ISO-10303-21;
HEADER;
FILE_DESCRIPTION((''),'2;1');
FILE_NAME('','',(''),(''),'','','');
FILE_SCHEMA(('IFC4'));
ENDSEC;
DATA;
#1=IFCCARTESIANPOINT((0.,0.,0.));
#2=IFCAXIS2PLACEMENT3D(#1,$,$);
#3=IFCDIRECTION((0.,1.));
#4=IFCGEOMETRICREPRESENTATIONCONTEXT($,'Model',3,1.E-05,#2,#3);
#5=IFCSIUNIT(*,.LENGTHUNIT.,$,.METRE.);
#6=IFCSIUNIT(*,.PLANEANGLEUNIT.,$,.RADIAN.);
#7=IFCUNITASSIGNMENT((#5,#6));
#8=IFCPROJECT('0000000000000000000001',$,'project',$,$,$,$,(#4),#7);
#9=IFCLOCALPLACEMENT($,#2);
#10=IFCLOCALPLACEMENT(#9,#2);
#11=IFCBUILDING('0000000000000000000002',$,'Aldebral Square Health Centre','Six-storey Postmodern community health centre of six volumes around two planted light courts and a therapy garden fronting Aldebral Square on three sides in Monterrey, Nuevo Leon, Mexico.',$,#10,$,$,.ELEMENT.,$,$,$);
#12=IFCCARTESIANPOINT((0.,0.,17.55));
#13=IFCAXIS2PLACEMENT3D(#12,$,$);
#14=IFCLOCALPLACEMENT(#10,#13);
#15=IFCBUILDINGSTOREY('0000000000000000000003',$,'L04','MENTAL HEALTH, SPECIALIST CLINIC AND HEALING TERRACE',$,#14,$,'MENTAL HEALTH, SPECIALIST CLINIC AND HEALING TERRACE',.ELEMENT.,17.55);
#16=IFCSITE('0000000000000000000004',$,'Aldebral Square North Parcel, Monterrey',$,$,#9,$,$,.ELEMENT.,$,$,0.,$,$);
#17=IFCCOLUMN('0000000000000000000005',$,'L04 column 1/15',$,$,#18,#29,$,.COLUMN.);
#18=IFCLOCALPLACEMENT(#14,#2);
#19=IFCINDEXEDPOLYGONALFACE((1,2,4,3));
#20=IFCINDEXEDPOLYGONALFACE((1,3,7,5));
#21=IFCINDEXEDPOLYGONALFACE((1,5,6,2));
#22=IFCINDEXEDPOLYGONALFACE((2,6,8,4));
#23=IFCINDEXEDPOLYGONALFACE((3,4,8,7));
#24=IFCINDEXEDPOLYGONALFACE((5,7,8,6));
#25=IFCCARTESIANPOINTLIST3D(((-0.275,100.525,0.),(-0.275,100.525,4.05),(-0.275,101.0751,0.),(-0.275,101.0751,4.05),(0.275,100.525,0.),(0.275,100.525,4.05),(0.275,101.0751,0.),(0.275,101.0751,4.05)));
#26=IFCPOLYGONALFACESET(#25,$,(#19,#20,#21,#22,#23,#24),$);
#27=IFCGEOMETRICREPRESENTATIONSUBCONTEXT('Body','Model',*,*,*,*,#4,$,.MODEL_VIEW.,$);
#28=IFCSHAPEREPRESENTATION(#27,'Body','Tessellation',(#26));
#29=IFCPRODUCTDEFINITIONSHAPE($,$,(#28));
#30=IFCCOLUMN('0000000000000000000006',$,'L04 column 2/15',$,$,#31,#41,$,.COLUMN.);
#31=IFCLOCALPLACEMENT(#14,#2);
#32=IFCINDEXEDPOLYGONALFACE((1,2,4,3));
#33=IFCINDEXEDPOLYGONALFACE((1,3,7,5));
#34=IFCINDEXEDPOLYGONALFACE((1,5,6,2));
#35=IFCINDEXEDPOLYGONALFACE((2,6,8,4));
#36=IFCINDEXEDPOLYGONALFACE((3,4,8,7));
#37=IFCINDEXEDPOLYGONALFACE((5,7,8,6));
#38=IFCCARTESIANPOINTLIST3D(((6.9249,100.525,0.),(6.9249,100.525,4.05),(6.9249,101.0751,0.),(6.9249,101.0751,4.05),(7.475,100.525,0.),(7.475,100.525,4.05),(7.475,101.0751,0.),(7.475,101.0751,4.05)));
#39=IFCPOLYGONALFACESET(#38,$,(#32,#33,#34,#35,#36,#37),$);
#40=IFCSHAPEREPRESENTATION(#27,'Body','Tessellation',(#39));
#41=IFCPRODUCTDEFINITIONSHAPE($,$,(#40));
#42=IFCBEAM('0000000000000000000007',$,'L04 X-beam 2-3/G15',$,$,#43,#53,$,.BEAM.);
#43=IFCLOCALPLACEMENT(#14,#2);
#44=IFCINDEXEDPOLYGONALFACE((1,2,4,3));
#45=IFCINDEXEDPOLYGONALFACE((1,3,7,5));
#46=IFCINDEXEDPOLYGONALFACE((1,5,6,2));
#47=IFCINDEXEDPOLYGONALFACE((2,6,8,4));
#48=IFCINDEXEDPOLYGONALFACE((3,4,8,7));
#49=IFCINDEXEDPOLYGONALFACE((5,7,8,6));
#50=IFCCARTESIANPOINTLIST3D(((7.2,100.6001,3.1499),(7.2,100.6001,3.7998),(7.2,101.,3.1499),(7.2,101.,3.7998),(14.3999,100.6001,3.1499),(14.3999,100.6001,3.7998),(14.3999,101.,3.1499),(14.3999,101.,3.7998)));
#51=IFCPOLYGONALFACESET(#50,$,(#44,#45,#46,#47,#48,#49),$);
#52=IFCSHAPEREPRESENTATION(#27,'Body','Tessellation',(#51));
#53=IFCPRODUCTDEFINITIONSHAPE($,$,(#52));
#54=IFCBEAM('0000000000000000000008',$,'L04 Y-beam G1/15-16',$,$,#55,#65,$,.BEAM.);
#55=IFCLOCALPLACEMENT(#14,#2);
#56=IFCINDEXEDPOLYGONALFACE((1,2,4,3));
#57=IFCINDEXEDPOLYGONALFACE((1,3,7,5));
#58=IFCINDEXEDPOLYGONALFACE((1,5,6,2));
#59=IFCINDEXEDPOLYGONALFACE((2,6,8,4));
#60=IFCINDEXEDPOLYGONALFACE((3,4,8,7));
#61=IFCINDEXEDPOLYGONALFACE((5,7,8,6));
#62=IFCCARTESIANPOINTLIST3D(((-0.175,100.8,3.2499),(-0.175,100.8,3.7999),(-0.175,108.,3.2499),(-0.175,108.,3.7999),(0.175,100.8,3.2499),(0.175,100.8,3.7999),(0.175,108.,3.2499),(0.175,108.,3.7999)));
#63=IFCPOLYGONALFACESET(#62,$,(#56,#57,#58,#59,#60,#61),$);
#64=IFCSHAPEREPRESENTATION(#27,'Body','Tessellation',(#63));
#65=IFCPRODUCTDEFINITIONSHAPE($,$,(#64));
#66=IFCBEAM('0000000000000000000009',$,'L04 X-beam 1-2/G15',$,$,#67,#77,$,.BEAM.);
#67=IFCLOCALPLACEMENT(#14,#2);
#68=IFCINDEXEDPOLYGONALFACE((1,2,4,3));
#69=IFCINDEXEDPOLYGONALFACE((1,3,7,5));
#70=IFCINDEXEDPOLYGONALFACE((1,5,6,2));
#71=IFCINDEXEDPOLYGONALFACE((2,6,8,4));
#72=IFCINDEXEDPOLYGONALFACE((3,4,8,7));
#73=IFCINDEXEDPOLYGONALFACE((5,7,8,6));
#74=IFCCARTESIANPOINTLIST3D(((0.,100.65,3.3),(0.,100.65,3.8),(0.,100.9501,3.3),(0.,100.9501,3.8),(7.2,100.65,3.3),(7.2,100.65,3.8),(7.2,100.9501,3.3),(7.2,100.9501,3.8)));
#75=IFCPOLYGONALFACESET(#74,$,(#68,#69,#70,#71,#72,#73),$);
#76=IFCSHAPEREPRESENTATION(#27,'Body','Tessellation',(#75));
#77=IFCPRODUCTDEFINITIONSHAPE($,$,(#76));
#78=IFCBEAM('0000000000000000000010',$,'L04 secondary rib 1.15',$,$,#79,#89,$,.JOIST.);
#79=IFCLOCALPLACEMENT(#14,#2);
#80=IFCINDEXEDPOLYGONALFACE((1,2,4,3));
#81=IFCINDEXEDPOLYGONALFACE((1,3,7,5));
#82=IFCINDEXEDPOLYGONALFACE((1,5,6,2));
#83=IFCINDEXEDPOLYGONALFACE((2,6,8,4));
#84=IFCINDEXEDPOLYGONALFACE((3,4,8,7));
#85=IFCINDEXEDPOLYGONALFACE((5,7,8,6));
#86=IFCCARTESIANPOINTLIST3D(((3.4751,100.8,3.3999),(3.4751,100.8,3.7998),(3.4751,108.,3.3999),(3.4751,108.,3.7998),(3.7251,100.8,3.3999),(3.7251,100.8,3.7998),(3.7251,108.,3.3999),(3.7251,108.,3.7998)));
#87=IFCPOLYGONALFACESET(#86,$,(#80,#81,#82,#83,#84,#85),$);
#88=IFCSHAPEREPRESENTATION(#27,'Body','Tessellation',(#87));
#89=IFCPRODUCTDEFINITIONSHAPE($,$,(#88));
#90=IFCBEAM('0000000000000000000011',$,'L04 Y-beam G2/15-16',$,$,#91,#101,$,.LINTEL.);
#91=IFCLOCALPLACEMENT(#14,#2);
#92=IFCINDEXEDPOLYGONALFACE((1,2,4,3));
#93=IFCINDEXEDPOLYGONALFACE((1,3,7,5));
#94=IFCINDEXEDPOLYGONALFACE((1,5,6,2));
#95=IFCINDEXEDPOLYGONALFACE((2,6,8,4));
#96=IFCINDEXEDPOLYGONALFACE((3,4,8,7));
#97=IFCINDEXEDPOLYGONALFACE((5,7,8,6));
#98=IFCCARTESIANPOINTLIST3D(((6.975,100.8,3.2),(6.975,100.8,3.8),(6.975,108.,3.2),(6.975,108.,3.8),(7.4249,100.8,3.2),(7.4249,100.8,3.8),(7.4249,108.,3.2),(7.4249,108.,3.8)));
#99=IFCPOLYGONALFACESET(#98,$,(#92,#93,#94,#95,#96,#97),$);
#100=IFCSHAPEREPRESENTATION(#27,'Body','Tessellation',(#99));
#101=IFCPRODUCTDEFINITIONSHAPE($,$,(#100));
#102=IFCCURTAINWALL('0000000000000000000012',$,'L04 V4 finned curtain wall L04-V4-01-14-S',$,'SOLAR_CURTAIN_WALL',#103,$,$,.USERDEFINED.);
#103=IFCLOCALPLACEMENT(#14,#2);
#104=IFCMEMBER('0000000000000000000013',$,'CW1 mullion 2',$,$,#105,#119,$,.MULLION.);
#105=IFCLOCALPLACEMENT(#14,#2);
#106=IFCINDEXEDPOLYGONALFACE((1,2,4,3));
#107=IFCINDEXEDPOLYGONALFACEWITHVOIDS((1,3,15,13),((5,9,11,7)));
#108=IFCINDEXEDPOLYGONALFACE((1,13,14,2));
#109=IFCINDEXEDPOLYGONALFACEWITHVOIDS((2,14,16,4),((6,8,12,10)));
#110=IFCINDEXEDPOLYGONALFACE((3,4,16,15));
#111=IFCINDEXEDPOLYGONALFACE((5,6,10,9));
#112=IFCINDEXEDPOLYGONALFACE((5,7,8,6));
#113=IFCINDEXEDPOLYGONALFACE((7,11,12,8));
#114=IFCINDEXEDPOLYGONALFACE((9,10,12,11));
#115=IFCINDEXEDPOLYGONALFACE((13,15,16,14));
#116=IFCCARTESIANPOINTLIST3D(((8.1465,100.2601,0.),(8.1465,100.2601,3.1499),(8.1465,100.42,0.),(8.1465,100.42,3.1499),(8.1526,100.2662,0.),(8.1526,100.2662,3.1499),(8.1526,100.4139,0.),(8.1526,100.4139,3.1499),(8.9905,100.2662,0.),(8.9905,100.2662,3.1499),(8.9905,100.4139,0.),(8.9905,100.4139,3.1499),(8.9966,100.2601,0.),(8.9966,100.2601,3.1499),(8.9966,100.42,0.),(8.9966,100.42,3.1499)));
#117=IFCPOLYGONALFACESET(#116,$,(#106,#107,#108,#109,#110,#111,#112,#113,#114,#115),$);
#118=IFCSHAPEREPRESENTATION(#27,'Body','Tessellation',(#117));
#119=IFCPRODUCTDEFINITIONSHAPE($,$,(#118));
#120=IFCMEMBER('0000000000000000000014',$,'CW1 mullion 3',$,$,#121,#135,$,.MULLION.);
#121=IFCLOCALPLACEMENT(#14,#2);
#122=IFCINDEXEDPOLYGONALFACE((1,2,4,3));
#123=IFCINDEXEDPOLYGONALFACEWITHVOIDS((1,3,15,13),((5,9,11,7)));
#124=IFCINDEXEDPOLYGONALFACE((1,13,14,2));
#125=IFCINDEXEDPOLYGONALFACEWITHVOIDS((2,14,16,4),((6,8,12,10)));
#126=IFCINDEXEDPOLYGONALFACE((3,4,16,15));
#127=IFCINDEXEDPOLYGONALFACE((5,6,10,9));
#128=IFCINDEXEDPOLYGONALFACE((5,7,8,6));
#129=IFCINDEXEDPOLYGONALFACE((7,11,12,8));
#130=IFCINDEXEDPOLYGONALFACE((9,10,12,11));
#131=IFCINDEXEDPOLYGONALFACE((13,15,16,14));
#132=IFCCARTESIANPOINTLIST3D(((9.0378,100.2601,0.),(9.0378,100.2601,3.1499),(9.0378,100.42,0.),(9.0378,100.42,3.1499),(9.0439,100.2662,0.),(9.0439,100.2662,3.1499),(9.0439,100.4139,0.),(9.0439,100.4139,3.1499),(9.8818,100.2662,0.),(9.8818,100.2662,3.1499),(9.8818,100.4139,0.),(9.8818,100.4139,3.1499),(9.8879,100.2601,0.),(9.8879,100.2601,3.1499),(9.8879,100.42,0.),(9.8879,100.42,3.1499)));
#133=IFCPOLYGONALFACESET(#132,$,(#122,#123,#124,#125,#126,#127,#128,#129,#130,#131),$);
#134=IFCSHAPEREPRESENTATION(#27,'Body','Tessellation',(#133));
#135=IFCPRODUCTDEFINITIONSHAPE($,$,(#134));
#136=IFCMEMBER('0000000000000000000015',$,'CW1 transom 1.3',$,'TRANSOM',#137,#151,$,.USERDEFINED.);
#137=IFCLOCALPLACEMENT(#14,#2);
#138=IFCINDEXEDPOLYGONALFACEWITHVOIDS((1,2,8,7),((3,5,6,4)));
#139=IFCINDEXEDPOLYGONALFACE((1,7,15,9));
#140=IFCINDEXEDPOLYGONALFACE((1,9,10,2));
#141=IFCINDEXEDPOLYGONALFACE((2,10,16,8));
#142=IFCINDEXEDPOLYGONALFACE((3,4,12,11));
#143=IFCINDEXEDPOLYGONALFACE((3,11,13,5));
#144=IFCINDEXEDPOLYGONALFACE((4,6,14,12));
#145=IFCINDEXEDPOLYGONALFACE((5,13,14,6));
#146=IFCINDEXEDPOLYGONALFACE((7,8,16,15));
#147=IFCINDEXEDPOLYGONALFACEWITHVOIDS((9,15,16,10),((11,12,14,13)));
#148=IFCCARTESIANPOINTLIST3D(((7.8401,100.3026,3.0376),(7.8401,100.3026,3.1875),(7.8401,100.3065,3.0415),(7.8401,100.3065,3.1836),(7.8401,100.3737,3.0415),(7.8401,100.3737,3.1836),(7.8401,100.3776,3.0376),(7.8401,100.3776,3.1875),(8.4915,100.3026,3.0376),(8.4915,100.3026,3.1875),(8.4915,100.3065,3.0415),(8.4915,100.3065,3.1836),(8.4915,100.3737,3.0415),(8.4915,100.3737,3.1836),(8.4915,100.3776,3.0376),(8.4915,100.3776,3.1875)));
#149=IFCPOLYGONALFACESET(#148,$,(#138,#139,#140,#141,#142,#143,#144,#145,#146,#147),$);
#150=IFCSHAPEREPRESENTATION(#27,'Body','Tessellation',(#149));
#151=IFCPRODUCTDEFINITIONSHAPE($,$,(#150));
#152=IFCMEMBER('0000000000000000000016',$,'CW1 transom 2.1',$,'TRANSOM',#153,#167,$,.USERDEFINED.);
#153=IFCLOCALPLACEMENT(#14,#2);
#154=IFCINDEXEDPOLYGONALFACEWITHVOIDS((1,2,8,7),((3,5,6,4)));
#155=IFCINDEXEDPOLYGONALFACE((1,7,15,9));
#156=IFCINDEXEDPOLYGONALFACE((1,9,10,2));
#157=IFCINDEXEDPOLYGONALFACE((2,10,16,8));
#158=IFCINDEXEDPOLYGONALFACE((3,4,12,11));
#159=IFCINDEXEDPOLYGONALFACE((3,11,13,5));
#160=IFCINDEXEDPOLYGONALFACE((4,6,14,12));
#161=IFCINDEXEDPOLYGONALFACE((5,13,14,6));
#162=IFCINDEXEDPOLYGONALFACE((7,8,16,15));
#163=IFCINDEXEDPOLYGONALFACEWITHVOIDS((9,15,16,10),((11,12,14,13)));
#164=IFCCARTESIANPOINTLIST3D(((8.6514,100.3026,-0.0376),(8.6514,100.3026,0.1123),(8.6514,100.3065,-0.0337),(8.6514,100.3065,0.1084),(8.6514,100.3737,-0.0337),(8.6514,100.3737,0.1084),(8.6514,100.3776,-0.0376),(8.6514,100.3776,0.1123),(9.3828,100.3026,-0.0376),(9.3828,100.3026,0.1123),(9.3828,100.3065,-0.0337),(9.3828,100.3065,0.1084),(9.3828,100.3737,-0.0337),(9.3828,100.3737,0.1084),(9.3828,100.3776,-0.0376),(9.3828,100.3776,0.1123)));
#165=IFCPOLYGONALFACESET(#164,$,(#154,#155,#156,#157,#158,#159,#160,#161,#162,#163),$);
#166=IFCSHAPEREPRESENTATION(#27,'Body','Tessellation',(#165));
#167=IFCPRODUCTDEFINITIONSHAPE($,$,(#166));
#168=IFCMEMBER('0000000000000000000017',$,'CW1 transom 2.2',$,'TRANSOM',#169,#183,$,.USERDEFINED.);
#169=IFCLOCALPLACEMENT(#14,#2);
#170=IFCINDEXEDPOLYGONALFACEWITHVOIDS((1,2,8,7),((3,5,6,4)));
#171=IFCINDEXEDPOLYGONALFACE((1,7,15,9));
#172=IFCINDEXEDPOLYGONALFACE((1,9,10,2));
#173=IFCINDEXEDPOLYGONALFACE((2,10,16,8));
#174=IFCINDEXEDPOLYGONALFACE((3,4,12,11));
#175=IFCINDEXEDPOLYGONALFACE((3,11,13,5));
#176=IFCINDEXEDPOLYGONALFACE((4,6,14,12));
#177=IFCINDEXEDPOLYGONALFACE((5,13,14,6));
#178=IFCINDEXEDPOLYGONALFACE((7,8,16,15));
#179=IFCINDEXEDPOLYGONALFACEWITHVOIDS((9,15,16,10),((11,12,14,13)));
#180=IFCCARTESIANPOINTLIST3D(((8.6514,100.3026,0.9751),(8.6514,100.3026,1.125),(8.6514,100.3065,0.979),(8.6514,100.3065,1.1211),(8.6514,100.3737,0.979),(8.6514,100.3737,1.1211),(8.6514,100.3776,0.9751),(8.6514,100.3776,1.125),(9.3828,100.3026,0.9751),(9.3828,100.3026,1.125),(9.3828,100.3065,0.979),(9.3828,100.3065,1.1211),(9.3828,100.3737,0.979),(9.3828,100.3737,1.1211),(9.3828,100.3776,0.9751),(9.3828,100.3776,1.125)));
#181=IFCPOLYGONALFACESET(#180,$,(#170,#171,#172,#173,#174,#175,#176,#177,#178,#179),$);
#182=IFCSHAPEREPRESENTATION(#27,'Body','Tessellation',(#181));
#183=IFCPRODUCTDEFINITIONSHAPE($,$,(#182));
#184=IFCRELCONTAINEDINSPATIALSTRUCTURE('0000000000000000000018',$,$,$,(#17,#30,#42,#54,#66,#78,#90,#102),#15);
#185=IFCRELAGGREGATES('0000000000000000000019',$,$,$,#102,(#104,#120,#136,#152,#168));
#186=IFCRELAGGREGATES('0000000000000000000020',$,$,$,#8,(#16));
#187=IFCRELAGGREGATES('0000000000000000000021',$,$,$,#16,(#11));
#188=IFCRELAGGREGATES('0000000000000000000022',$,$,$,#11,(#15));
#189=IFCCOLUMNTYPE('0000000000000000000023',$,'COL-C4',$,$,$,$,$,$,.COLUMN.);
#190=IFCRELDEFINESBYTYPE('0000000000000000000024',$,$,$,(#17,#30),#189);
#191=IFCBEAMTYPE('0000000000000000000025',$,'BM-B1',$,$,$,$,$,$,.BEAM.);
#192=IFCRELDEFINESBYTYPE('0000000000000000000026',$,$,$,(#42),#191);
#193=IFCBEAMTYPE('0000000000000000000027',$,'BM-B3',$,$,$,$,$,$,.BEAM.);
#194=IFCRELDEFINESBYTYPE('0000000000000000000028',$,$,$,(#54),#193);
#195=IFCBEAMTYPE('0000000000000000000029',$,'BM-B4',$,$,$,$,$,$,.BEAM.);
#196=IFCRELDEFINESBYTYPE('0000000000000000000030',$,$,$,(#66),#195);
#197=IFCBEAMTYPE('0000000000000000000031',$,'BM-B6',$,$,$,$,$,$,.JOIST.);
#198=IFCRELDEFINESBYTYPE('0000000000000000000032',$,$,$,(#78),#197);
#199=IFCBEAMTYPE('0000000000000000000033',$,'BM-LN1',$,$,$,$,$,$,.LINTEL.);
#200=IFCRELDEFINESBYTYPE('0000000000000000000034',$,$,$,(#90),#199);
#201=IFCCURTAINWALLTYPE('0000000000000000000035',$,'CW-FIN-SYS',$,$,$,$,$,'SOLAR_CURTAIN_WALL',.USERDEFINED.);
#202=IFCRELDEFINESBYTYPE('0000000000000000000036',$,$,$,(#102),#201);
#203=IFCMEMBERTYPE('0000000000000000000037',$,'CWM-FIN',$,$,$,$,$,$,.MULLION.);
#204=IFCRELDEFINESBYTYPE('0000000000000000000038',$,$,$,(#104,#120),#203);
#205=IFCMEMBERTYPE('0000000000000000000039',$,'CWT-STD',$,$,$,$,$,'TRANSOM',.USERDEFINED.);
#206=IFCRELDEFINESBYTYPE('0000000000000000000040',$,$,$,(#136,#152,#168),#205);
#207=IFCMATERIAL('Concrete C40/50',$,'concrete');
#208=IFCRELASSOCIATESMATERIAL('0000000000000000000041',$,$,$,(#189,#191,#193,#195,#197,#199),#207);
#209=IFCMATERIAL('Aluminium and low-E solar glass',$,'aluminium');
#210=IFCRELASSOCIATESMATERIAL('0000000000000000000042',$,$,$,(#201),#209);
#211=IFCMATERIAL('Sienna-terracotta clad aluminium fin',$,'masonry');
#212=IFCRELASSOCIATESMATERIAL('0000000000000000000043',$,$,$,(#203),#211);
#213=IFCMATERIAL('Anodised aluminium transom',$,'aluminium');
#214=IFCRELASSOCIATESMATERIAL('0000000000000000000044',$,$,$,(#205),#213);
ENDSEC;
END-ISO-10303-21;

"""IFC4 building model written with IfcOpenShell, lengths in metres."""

from ifc_helpers import new_model, si_unit, direction, frame, origin, origin_2d, place, context, subcontext, project, spatial, rectangle, hollow_rectangle, extrude, material, material_profile, profile_set, type_object, element, aggregate, save


model = new_model("IFC4")

# Units and contexts
model_context = context("Model", 3, precision=1e-05, world=origin(), true_north=direction((0.0, 1.0)))
body_context = subcontext(model_context, "Body", "Model", "MODEL_VIEW")
ifc_project = project(units=[si_unit("LENGTHUNIT", "METRE"), si_unit("PLANEANGLEUNIT", "RADIAN")], contexts=[model_context])

# Site, building, storey
site_placement = place(None, origin())
site = spatial("IfcSite", under=ifc_project, at=site_placement, Name="Aldebral Square North Parcel, Monterrey", CompositionType="ELEMENT", RefElevation=0.0)
building_placement = place(site_placement, origin())
building = spatial("IfcBuilding", under=site, at=building_placement, Name="Aldebral Square Health Centre", Description="Six-storey Postmodern community health centre of six volumes around two planted light courts and a therapy garden fronting Aldebral Square on three sides in Monterrey, Nuevo Leon, Mexico.", CompositionType="ELEMENT")
storey_placement = place(building_placement, frame((0.0, 0.0, 17.55)))
storey = spatial("IfcBuildingStorey", under=building, at=storey_placement, Name="L04", Description="MENTAL HEALTH, SPECIALIST CLINIC AND HEALING TERRACE", LongName="MENTAL HEALTH, SPECIALIST CLINIC AND HEALING TERRACE", CompositionType="ELEMENT", Elevation=17.55)

# Columns
ifc_material_1 = material(Name="Concrete C40/50", Category="concrete")
ifc_material_profile_1 = material_profile(ifc_material_1, rectangle(XDim=0.55, YDim=0.55, at=origin_2d()), Name="RC 550x550")
ifc_profile_set_1 = profile_set([ifc_material_profile_1], Name="Concrete C40/50")
column_type = type_object("IfcColumnType", Name="COL-C4", PredefinedType="COLUMN", material=ifc_profile_set_1)
for number, where, z_axis, x_axis, name in (
    (1, (0.0, 100.8, 0.0), (0.0, 0.0, 1.0), (1.0, 0.0, 0.0), "L04 column 1/15"),
    (2, (7.2, 100.8, 0.0), (0.0, 0.0, 1.0), (1.0, 0.0, 0.0), "L04 column 2/15"),
):
    element("IfcColumn", number, at=place(storey_placement, frame(where, z_axis=z_axis, x_axis=x_axis)), inside=storey, type_object=column_type, Name=name, PredefinedType="COLUMN", context=body_context, shape_type="SweptSolid", body=[
        extrude(rectangle(XDim=0.55, YDim=0.55, at=origin_2d()), origin(), (0.0, 0.0, 1.0), 4.05),
    ])

# Beams
ifc_material_profile_2 = material_profile(ifc_material_1, rectangle(XDim=0.3999, YDim=0.6499, at=origin_2d()), Name="RC 400x650")
ifc_profile_set_2 = profile_set([ifc_material_profile_2], Name="Concrete C40/50")
beam_type_1 = type_object("IfcBeamType", Name="BM-B1", PredefinedType="BEAM", material=ifc_profile_set_2)
beam_1_placement = place(storey_placement, frame((7.2, 100.8, 3.4749), z_axis=(1.0, 0.0, 0.0), x_axis=(0.0, 1.0, 0.0)))
element("IfcBeam", 3, at=beam_1_placement, inside=storey, type_object=beam_type_1, Name="L04 X-beam 2-3/G15", PredefinedType="BEAM", context=body_context, shape_type="SweptSolid", body=[
    extrude(rectangle(XDim=0.3999, YDim=0.6499, at=origin_2d()), origin(), (0.0, 0.0, 1.0), 7.2),
])
ifc_material_profile_3 = material_profile(ifc_material_1, rectangle(XDim=0.3501, YDim=0.55, at=origin_2d()), Name="RC 350x550")
ifc_profile_set_3 = profile_set([ifc_material_profile_3], Name="Concrete C40/50")
beam_type_2 = type_object("IfcBeamType", Name="BM-B3", PredefinedType="BEAM", material=ifc_profile_set_3)
beam_2_placement = place(storey_placement, frame((0.0, 100.8, 3.5249), z_axis=(0.0, 1.0, 0.0), x_axis=(-1.0, 0.0, 0.0)))
element("IfcBeam", 4, at=beam_2_placement, inside=storey, type_object=beam_type_2, Name="L04 Y-beam G1/15-16", PredefinedType="BEAM", context=body_context, shape_type="SweptSolid", body=[
    extrude(rectangle(XDim=0.3501, YDim=0.55, at=origin_2d()), origin(), (0.0, 0.0, 1.0), 7.2),
])
ifc_material_profile_4 = material_profile(ifc_material_1, rectangle(XDim=0.3, YDim=0.5, at=origin_2d()), Name="RC 300x500")
ifc_profile_set_4 = profile_set([ifc_material_profile_4], Name="Concrete C40/50")
beam_type_3 = type_object("IfcBeamType", Name="BM-B4", PredefinedType="BEAM", material=ifc_profile_set_4)
beam_3_placement = place(storey_placement, frame((0.0, 100.8, 3.55), z_axis=(1.0, 0.0, 0.0), x_axis=(0.0, 1.0, 0.0)))
element("IfcBeam", 5, at=beam_3_placement, inside=storey, type_object=beam_type_3, Name="L04 X-beam 1-2/G15", PredefinedType="BEAM", context=body_context, shape_type="SweptSolid", body=[
    extrude(rectangle(XDim=0.3, YDim=0.5, at=origin_2d()), origin(), (0.0, 0.0, 1.0), 7.2),
])
ifc_material_profile_5 = material_profile(ifc_material_1, rectangle(XDim=0.25, YDim=0.3999, at=origin_2d()), Name="RC 250x400")
ifc_profile_set_5 = profile_set([ifc_material_profile_5], Name="Concrete C40/50")
beam_type_4 = type_object("IfcBeamType", Name="BM-B6", PredefinedType="JOIST", material=ifc_profile_set_5)
beam_4_placement = place(storey_placement, frame((3.6001, 100.8, 3.5999), z_axis=(0.0, 1.0, 0.0), x_axis=(-1.0, 0.0, 0.0)))
element("IfcBeam", 6, at=beam_4_placement, inside=storey, type_object=beam_type_4, Name="L04 secondary rib 1.15", PredefinedType="JOIST", context=body_context, shape_type="SweptSolid", body=[
    extrude(rectangle(XDim=0.25, YDim=0.3999, at=origin_2d()), origin(), (0.0, 0.0, 1.0), 7.2),
])
ifc_material_profile_6 = material_profile(ifc_material_1, rectangle(XDim=0.45, YDim=0.6001, at=origin_2d()), Name="RC 450x600")
ifc_profile_set_6 = profile_set([ifc_material_profile_6], Name="Concrete C40/50")
beam_type_5 = type_object("IfcBeamType", Name="BM-LN1", PredefinedType="LINTEL", material=ifc_profile_set_6)
beam_5_placement = place(storey_placement, frame((7.2, 100.8, 3.5), z_axis=(0.0, 1.0, 0.0), x_axis=(-1.0, 0.0, 0.0)))
element("IfcBeam", 7, at=beam_5_placement, inside=storey, type_object=beam_type_5, Name="L04 Y-beam G2/15-16", PredefinedType="LINTEL", context=body_context, shape_type="SweptSolid", body=[
    extrude(rectangle(XDim=0.45, YDim=0.6001, at=origin_2d()), origin(), (0.0, 0.0, 1.0), 7.2),
])

# Curtain wall, members
ifc_material_2 = material(Name="Aluminium and low-E solar glass", Category="aluminium")
curtain_wall_type = type_object("IfcCurtainWallType", Name="CW-FIN-SYS", ElementType="SOLAR_CURTAIN_WALL", PredefinedType="USERDEFINED", material=ifc_material_2)
curtain_wall_placement = place(storey_placement, origin())
curtain_wall = element("IfcCurtainWall", 8, at=curtain_wall_placement, inside=storey, type_object=curtain_wall_type, Name="L04 V4 finned curtain wall L04-V4-01-14-S", ObjectType="SOLAR_CURTAIN_WALL", PredefinedType="USERDEFINED")
ifc_material_3 = material(Name="Sienna-terracotta clad aluminium fin", Category="masonry")
ifc_material_profile_7 = material_profile(ifc_material_3, hollow_rectangle(XDim=0.1599, YDim=0.8501, WallThickness=0.0061, at=origin_2d()), Name="FIN 160x850x6")
ifc_profile_set_7 = profile_set([ifc_material_profile_7], Name="Sienna-terracotta clad aluminium fin")
member_type_1 = type_object("IfcMemberType", Name="CWM-FIN", PredefinedType="MULLION", material=ifc_profile_set_7)
member_1_placement = place(storey_placement, frame((8.5715, 100.3401, 0.0), z_axis=(0.0, 0.0, 1.0), x_axis=(0.0, 1.0, 0.0)))
member_1 = element("IfcMember", 9, at=member_1_placement, type_object=member_type_1, Name="CW1 mullion 2", PredefinedType="MULLION", context=body_context, shape_type="SweptSolid", body=[
    extrude(hollow_rectangle(XDim=0.1599, YDim=0.8501, WallThickness=0.0061, at=origin_2d()), origin(), (0.0, 0.0, 1.0), 3.1499),
])
member_2_placement = place(storey_placement, frame((9.4629, 100.3401, 0.0), z_axis=(0.0, 0.0, 1.0), x_axis=(0.0, 1.0, 0.0)))
member_2 = element("IfcMember", 10, at=member_2_placement, type_object=member_type_1, Name="CW1 mullion 3", PredefinedType="MULLION", context=body_context, shape_type="SweptSolid", body=[
    extrude(hollow_rectangle(XDim=0.1599, YDim=0.8501, WallThickness=0.0061, at=origin_2d()), origin(), (0.0, 0.0, 1.0), 3.1499),
])
ifc_material_4 = material(Name="Anodised aluminium transom", Category="aluminium")
ifc_material_profile_8 = material_profile(ifc_material_4, hollow_rectangle(XDim=0.075, YDim=0.1499, WallThickness=0.0039, at=origin_2d()), Name="CWT 75x150x4")
ifc_profile_set_8 = profile_set([ifc_material_profile_8], Name="Anodised aluminium transom")
member_type_2 = type_object("IfcMemberType", Name="CWT-STD", ElementType="TRANSOM", PredefinedType="USERDEFINED", material=ifc_profile_set_8)
member_3_placement = place(storey_placement, frame((7.8401, 100.3401, 3.1125), z_axis=(1.0, 0.0, 0.0), x_axis=(0.0, 1.0, 0.0)))
member_3 = element("IfcMember", 11, at=member_3_placement, type_object=member_type_2, Name="CW1 transom 1.3", ObjectType="TRANSOM", PredefinedType="USERDEFINED", context=body_context, shape_type="SweptSolid", body=[
    extrude(hollow_rectangle(XDim=0.075, YDim=0.1499, WallThickness=0.0039, at=origin_2d()), origin(), (0.0, 0.0, 1.0), 0.6514),
])
member_4_placement = place(storey_placement, frame((8.6514, 100.3401, 0.0374), z_axis=(1.0, 0.0, 0.0), x_axis=(0.0, 1.0, 0.0)))
member_4 = element("IfcMember", 12, at=member_4_placement, type_object=member_type_2, Name="CW1 transom 2.1", ObjectType="TRANSOM", PredefinedType="USERDEFINED", context=body_context, shape_type="SweptSolid", body=[
    extrude(hollow_rectangle(XDim=0.075, YDim=0.1499, WallThickness=0.0039, at=origin_2d()), origin(), (0.0, 0.0, 1.0), 0.7314),
])
member_5_placement = place(storey_placement, frame((8.6514, 100.3401, 1.05), z_axis=(1.0, 0.0, 0.0), x_axis=(0.0, 1.0, 0.0)))
member_5 = element("IfcMember", 13, at=member_5_placement, type_object=member_type_2, Name="CW1 transom 2.2", ObjectType="TRANSOM", PredefinedType="USERDEFINED", context=body_context, shape_type="SweptSolid", body=[
    extrude(hollow_rectangle(XDim=0.075, YDim=0.1499, WallThickness=0.0039, at=origin_2d()), origin(), (0.0, 0.0, 1.0), 0.7314),
])
aggregate(curtain_wall, [member_1, member_2, member_3, member_4, member_5])

save(model, "model.ifc")
